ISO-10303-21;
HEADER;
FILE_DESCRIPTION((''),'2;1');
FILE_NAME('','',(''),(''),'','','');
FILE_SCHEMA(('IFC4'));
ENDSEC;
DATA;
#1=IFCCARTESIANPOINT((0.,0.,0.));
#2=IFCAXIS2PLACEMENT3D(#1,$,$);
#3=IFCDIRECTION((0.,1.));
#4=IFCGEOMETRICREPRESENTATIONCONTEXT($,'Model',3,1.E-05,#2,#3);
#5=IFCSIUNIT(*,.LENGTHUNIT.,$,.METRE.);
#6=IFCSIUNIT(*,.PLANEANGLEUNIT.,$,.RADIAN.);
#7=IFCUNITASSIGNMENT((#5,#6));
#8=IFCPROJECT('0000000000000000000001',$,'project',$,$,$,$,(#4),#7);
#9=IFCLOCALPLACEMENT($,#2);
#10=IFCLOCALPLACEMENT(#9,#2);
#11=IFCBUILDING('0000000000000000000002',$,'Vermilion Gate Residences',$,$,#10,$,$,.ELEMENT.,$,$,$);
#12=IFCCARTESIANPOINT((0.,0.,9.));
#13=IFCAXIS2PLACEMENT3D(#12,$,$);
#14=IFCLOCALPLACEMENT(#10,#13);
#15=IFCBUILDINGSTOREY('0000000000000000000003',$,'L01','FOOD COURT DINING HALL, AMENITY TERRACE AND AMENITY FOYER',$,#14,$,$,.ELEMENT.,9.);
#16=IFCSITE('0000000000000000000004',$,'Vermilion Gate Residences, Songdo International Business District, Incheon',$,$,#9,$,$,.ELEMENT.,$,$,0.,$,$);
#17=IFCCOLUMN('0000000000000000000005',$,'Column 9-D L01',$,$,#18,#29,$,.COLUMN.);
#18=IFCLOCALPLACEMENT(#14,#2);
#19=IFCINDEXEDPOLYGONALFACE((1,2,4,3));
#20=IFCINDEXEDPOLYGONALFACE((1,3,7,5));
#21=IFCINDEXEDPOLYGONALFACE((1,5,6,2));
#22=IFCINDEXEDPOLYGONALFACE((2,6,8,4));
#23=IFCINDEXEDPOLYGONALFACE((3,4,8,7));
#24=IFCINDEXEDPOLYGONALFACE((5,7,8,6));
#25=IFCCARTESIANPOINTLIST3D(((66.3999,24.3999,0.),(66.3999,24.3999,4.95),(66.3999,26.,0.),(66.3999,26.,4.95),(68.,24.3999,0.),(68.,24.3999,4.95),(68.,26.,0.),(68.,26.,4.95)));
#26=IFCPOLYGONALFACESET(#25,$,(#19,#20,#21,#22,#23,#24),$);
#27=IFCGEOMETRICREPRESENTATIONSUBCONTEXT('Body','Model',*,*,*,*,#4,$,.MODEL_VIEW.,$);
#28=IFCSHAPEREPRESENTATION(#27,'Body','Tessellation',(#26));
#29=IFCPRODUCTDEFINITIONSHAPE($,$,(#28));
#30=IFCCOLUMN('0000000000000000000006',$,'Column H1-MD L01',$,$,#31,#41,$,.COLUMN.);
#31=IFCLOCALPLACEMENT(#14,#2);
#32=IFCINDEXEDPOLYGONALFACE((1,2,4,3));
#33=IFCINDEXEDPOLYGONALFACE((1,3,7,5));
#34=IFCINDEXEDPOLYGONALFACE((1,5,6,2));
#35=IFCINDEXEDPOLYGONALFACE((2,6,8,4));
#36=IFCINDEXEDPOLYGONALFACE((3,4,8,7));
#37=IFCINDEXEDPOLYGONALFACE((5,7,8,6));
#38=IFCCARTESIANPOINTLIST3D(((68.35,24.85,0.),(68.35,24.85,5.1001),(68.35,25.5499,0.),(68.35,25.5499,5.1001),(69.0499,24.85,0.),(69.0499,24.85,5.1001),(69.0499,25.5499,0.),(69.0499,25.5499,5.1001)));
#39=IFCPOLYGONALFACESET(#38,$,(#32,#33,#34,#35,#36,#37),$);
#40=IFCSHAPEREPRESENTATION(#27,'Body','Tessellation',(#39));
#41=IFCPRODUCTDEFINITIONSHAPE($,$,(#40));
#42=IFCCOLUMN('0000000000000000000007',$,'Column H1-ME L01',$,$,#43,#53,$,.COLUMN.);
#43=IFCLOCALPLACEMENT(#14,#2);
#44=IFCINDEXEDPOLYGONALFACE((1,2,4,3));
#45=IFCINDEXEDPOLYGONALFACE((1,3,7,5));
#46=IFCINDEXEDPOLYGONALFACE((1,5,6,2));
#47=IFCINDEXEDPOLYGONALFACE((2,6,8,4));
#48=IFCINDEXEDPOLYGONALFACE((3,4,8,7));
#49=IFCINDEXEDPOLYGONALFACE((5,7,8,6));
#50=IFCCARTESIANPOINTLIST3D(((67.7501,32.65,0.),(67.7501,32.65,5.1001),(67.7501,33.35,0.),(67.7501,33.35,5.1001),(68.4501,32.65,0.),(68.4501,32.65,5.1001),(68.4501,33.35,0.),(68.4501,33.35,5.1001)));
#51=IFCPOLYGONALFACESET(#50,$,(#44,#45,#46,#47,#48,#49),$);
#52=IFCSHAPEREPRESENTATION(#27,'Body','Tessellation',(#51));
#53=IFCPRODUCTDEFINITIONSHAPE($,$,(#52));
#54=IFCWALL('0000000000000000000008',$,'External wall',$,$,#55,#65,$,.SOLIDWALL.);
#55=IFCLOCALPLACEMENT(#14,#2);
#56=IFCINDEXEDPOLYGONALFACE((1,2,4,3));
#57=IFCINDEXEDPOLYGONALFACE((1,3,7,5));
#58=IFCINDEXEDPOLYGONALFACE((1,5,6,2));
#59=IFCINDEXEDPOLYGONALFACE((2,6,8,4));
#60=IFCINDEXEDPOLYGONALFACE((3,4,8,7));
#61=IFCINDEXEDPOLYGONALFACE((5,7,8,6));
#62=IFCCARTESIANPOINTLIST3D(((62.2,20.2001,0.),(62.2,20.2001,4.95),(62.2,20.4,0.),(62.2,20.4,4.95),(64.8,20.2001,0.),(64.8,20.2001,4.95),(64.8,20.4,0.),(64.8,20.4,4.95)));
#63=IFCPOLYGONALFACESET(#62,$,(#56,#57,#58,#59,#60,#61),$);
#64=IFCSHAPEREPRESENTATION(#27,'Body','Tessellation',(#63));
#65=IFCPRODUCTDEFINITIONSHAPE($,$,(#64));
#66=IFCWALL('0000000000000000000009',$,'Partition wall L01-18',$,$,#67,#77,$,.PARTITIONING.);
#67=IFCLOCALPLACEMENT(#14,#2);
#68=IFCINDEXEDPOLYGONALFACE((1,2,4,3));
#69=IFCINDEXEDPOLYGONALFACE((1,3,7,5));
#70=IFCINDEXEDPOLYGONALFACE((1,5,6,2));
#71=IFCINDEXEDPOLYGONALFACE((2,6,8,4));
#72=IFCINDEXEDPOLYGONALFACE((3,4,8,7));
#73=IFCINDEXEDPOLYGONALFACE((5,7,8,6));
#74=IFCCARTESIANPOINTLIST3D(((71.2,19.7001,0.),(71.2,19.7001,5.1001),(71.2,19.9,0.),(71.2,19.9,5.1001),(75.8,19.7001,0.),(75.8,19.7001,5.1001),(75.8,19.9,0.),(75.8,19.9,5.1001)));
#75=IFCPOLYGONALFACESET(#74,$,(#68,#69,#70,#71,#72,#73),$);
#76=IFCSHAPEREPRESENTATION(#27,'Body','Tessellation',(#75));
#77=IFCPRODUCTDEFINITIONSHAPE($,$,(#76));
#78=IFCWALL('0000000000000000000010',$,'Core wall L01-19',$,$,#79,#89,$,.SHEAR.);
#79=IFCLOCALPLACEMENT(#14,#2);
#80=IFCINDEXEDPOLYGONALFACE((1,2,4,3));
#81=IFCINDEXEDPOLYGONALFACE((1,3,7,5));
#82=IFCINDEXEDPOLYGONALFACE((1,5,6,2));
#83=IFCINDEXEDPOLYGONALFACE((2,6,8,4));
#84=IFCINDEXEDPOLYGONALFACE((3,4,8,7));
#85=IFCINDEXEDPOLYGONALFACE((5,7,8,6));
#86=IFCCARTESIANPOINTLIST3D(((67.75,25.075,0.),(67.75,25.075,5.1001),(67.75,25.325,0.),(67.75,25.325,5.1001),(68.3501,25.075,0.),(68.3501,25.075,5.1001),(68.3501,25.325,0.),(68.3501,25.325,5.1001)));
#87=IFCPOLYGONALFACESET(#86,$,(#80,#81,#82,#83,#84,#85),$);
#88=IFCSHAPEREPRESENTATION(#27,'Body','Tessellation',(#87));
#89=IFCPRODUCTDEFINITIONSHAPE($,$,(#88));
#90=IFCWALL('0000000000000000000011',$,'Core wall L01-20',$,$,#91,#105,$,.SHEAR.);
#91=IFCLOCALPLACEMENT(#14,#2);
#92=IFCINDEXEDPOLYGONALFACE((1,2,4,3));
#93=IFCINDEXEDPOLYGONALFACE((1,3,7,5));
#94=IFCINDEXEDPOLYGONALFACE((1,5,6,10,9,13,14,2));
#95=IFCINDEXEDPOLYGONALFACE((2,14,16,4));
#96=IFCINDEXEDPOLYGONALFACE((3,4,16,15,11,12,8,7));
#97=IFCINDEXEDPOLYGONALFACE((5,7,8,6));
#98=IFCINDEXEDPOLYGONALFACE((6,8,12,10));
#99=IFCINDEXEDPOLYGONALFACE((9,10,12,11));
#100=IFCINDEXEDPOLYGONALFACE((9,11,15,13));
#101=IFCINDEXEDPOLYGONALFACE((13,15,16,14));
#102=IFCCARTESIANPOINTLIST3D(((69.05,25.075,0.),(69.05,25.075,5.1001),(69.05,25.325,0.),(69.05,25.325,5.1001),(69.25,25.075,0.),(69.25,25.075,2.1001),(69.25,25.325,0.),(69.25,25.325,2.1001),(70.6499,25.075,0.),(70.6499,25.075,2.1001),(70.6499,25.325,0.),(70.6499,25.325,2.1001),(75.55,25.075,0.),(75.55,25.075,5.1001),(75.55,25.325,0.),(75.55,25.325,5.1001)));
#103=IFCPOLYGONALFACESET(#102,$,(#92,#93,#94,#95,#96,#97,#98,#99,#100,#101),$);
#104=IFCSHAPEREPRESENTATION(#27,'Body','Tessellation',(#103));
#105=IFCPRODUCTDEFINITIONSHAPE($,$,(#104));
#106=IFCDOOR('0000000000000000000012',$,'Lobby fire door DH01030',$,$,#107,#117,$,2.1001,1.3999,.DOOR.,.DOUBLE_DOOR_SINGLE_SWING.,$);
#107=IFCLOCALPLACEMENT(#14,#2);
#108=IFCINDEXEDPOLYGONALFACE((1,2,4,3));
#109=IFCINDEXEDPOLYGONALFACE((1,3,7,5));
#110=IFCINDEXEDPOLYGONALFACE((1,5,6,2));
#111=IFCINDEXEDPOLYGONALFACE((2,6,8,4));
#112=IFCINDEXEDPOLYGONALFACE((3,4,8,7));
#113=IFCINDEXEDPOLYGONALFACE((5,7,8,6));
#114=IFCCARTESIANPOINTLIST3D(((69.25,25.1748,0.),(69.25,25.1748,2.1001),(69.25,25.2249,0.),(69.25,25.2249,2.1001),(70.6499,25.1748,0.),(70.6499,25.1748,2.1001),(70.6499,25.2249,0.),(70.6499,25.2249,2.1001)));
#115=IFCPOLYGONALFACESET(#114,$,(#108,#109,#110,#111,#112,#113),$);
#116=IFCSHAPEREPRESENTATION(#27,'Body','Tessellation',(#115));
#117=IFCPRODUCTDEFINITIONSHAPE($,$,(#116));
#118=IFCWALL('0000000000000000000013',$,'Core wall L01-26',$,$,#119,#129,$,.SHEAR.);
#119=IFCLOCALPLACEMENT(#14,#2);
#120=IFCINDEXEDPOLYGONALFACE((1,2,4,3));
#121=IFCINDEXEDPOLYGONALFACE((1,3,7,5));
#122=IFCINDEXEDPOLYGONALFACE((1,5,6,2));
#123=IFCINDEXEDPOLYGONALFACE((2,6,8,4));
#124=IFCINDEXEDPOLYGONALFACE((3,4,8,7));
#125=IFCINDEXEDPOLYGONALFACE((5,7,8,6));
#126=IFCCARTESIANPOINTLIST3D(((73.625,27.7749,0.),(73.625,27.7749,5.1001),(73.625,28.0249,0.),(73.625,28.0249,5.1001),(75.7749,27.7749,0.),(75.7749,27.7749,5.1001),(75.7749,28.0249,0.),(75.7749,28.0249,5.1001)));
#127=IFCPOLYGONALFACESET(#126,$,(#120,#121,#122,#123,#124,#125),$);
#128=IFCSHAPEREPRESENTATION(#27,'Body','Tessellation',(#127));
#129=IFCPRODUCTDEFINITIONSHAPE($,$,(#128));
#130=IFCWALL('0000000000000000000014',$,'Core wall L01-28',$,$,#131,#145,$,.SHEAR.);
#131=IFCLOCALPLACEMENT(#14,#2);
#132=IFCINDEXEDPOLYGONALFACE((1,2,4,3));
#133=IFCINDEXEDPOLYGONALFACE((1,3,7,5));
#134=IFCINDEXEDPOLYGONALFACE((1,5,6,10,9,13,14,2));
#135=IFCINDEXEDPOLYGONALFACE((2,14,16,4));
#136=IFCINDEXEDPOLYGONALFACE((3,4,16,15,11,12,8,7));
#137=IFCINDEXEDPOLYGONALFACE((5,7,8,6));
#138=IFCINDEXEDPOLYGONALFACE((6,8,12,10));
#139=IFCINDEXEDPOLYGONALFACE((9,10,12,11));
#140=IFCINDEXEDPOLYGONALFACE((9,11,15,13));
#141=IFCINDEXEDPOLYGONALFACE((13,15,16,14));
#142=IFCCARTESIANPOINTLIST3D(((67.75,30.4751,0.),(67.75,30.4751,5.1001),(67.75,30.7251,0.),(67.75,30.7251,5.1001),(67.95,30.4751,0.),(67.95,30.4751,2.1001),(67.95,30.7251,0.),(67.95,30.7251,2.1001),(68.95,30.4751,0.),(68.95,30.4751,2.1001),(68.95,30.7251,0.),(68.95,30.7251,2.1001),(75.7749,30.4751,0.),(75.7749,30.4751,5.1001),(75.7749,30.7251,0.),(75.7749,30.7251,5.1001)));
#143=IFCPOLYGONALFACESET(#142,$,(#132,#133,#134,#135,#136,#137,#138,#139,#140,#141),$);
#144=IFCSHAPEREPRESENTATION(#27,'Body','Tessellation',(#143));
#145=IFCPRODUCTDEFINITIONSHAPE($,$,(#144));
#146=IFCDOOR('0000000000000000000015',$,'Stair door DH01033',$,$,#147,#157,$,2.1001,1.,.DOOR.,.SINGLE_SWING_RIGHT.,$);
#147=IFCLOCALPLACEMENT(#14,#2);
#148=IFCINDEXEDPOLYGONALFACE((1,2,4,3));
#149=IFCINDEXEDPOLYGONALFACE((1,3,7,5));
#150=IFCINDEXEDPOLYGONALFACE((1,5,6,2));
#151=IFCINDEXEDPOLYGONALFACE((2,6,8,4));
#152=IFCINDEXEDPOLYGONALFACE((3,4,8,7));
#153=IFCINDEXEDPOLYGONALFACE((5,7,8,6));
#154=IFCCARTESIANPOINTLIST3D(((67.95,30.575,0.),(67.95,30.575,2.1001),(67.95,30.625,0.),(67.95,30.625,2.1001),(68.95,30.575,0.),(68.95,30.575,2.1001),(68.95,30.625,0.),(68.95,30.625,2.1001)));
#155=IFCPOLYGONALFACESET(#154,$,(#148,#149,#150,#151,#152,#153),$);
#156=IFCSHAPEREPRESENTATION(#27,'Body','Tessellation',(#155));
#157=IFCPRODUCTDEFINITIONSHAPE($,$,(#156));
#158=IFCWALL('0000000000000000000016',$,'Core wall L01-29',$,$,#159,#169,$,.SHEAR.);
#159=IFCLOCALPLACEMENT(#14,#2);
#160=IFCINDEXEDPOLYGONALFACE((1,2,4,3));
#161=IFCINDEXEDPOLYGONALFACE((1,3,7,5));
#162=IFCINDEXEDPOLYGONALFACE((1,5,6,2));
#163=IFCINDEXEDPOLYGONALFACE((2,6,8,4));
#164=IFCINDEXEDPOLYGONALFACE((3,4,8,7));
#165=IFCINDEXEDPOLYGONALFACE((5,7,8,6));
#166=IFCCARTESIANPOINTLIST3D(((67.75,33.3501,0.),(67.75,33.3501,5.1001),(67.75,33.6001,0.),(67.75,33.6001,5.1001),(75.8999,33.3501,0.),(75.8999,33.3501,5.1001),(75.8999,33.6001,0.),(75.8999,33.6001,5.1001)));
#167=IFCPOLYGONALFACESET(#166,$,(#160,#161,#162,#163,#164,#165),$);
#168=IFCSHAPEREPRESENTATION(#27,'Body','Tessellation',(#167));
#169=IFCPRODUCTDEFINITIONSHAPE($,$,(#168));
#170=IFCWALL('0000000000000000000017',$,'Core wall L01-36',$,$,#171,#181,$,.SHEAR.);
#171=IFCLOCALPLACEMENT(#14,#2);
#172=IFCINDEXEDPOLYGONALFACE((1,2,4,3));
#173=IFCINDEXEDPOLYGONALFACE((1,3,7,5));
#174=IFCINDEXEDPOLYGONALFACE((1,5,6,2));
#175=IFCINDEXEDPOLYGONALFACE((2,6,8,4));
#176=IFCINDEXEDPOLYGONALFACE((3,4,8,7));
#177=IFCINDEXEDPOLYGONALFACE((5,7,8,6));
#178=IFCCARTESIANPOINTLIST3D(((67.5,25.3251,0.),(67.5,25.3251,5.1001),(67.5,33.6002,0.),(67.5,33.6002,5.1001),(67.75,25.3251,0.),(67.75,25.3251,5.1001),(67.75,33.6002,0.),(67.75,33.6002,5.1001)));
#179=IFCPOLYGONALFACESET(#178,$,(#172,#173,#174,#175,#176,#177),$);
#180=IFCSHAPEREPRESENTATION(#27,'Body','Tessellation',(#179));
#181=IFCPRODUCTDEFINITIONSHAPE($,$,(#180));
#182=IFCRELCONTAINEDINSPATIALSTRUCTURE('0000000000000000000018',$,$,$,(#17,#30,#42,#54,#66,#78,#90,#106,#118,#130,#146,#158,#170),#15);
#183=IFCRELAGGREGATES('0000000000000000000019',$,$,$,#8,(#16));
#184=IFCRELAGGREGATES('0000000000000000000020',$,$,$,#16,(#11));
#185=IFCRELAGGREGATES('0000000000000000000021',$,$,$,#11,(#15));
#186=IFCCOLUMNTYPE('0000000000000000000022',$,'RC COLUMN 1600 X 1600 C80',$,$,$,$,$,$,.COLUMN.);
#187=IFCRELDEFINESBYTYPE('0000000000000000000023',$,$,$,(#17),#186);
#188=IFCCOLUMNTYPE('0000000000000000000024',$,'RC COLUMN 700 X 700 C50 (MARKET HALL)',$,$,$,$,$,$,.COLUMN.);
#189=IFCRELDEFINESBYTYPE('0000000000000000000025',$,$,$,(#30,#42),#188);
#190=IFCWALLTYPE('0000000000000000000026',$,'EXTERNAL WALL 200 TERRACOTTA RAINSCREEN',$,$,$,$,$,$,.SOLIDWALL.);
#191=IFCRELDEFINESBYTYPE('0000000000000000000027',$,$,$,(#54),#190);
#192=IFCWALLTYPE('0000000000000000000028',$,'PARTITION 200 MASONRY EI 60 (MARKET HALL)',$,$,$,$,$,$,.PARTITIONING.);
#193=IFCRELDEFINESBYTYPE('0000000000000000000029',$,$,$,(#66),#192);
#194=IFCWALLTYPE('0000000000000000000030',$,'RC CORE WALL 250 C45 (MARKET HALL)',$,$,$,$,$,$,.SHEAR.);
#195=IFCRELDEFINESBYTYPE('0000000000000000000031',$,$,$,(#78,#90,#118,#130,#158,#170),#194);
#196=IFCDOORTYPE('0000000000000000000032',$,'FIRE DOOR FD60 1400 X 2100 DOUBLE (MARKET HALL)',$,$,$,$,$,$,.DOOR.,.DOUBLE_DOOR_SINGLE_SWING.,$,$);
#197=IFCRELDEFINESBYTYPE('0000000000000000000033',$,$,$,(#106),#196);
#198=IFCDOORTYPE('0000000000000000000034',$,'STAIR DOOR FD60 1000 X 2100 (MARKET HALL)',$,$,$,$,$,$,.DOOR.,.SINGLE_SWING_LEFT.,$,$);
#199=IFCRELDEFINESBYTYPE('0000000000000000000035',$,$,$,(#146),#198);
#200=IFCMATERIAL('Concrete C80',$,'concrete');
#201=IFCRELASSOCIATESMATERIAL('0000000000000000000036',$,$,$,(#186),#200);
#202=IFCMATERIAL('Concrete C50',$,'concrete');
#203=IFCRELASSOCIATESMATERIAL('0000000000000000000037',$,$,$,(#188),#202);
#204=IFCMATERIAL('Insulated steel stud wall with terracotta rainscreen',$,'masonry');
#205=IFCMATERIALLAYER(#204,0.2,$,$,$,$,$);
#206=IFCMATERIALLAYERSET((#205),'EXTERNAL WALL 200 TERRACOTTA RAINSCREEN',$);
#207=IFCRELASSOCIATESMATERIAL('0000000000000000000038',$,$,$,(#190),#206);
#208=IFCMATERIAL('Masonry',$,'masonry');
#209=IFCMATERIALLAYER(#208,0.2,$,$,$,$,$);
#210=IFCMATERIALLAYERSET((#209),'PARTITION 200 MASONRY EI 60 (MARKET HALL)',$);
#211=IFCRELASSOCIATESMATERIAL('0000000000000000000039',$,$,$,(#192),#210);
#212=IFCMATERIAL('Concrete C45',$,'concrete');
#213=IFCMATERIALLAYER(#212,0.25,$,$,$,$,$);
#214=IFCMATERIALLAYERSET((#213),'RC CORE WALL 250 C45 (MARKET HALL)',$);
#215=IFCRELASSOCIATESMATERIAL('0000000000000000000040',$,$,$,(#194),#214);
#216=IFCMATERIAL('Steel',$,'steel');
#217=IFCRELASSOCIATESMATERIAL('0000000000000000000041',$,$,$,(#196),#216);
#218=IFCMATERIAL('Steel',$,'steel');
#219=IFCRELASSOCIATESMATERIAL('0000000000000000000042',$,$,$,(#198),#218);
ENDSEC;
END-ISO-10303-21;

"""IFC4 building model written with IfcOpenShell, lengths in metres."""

from ifc_helpers import new_model, si_unit, direction, frame, frame_2d, origin, origin_2d, place, context, subcontext, project, spatial, rectangle, extrude, material, layer, layer_set, material_profile, profile_set, type_object, element, fill, save


model = new_model("IFC4")

# Units and contexts
model_context = context("Model", 3, precision=1e-05, world=origin(), true_north=direction((0.0, 1.0)))
body_context = subcontext(model_context, "Body", "Model", "MODEL_VIEW")
ifc_project = project(units=[si_unit("LENGTHUNIT", "METRE"), si_unit("PLANEANGLEUNIT", "RADIAN")], contexts=[model_context])

# Site, building, storey
site_placement = place(None, origin())
site = spatial("IfcSite", under=ifc_project, at=site_placement, Name="Vermilion Gate Residences, Songdo International Business District, Incheon", CompositionType="ELEMENT", RefElevation=0.0)
building_placement = place(site_placement, origin())
building = spatial("IfcBuilding", under=site, at=building_placement, Name="Vermilion Gate Residences", CompositionType="ELEMENT")
storey_placement = place(building_placement, frame((0.0, 0.0, 9.0)))
storey = spatial("IfcBuildingStorey", under=building, at=storey_placement, Name="L01", Description="FOOD COURT DINING HALL, AMENITY TERRACE AND AMENITY FOYER", CompositionType="ELEMENT", Elevation=9.0)

# Columns
ifc_material_1 = material(Name="Concrete C80", Category="concrete")
ifc_material_profile_1 = material_profile(ifc_material_1, rectangle(XDim=1.6001, YDim=1.6001, at=origin_2d()), Name="RC-1600x1600")
ifc_profile_set_1 = profile_set([ifc_material_profile_1], Name="Concrete C80")
column_type_1 = type_object("IfcColumnType", Name="RC COLUMN 1600 X 1600 C80", PredefinedType="COLUMN", material=ifc_profile_set_1)
column_placement = place(storey_placement, frame((67.2, 25.2, 0.0), z_axis=(0.0, 0.0, 1.0), x_axis=(1.0, 0.0, 0.0)))
element("IfcColumn", 1, at=column_placement, inside=storey, type_object=column_type_1, Name="Column 9-D L01", PredefinedType="COLUMN", context=body_context, shape_type="SweptSolid", body=[
    extrude(rectangle(XDim=1.6001, YDim=1.6001, at=origin_2d()), origin(), (0.0, 0.0, 1.0), 4.95),
])
ifc_material_2 = material(Name="Concrete C50", Category="concrete")
ifc_material_profile_2 = material_profile(ifc_material_2, rectangle(XDim=0.7, YDim=0.7, at=origin_2d()), Name="RC COLUMN 700 X 700 C50 (MARKET HALL)")
ifc_profile_set_2 = profile_set([ifc_material_profile_2], Name="Concrete C50")
column_type_2 = type_object("IfcColumnType", Name="RC COLUMN 700 X 700 C50 (MARKET HALL)", PredefinedType="COLUMN", material=ifc_profile_set_2)
for number, where, z_axis, x_axis, name in (
    (2, (68.7, 25.2, 0.0), (0.0, 0.0, 1.0), (1.0, 0.0, 0.0), "Column H1-MD L01"),
    (3, (68.1001, 33.0, 0.0), (0.0, 0.0, 1.0), (1.0, 0.0, 0.0), "Column H1-ME L01"),
):
    element("IfcColumn", number, at=place(storey_placement, frame(where, z_axis=z_axis, x_axis=x_axis)), inside=storey, type_object=column_type_2, Name=name, PredefinedType="COLUMN", context=body_context, shape_type="SweptSolid", body=[
        extrude(rectangle(XDim=0.7, YDim=0.7, at=origin_2d()), origin(), (0.0, 0.0, 1.0), 5.1001),
    ])

# Walls
ifc_material_3 = material(Name="Insulated steel stud wall with terracotta rainscreen", Category="masonry")
ifc_layer_1 = layer(ifc_material_3, 0.2)
ifc_layer_set_1 = layer_set([ifc_layer_1], Name="EXTERNAL WALL 200 TERRACOTTA RAINSCREEN")
wall_type_1 = type_object("IfcWallType", Name="EXTERNAL WALL 200 TERRACOTTA RAINSCREEN", PredefinedType="SOLIDWALL", material=ifc_layer_set_1)
wall_1_placement = place(storey_placement, frame((64.8, 20.3, 0.0), z_axis=(0.0, 0.0, 1.0), x_axis=(-1.0, 0.0, 0.0)))
element("IfcWall", 4, at=wall_1_placement, inside=storey, type_object=wall_type_1, Name="External wall", PredefinedType="SOLIDWALL", context=body_context, shape_type="SweptSolid", body=[
    extrude(rectangle(XDim=2.6001, YDim=0.2, at=frame_2d((1.3, 0.0))), origin(), (0.0, 0.0, 1.0), 4.95),
])
ifc_material_4 = material(Name="Masonry", Category="masonry")
ifc_layer_2 = layer(ifc_material_4, 0.2)
ifc_layer_set_2 = layer_set([ifc_layer_2], Name="PARTITION 200 MASONRY EI 60 (MARKET HALL)")
wall_type_2 = type_object("IfcWallType", Name="PARTITION 200 MASONRY EI 60 (MARKET HALL)", PredefinedType="PARTITIONING", material=ifc_layer_set_2)
wall_2_placement = place(storey_placement, frame((71.2, 19.8, 0.0), z_axis=(0.0, 0.0, 1.0), x_axis=(1.0, 0.0, 0.0)))
element("IfcWall", 5, at=wall_2_placement, inside=storey, type_object=wall_type_2, Name="Partition wall L01-18", PredefinedType="PARTITIONING", context=body_context, shape_type="SweptSolid", body=[
    extrude(rectangle(XDim=4.6001, YDim=0.2, at=frame_2d((2.3, 0.0))), origin(), (0.0, 0.0, 1.0), 5.1001),
])
ifc_material_5 = material(Name="Concrete C45", Category="concrete")
ifc_layer_3 = layer(ifc_material_5, 0.25)
ifc_layer_set_3 = layer_set([ifc_layer_3], Name="RC CORE WALL 250 C45 (MARKET HALL)")
wall_type_3 = type_object("IfcWallType", Name="RC CORE WALL 250 C45 (MARKET HALL)", PredefinedType="SHEAR", material=ifc_layer_set_3)
wall_3_placement = place(storey_placement, frame((67.75, 25.2, 0.0), z_axis=(0.0, 0.0, 1.0), x_axis=(1.0, 0.0, 0.0)))
element("IfcWall", 6, at=wall_3_placement, inside=storey, type_object=wall_type_3, Name="Core wall L01-19", PredefinedType="SHEAR", context=body_context, shape_type="SweptSolid", body=[
    extrude(rectangle(XDim=0.6001, YDim=0.25, at=frame_2d((0.3, 0.0))), origin(), (0.0, 0.0, 1.0), 5.1001),
])

# Wall, opening, door
wall_4_placement = place(storey_placement, frame((69.05, 25.2, 0.0), z_axis=(0.0, 0.0, 1.0), x_axis=(1.0, 0.0, 0.0)))
wall_4 = element("IfcWall", 7, at=wall_4_placement, inside=storey, type_object=wall_type_3, Name="Core wall L01-20", PredefinedType="SHEAR", context=body_context, shape_type="SweptSolid", body=[
    extrude(rectangle(XDim=6.5, YDim=0.25, at=frame_2d((3.25, 0.0))), origin(), (0.0, 0.0, 1.0), 5.1001),
])
opening_1_placement = place(wall_4_placement, frame((0.2, 0.0, 0.0)))
opening_1 = element("IfcOpeningElement", 8, at=opening_1_placement, cuts=wall_4, PredefinedType="OPENING", context=body_context, shape_type="SweptSolid", body=[
    extrude(rectangle(XDim=1.3999, YDim=2.1001, at=frame_2d((0.7, 1.05))), frame((0.0, 0.135, 0.0), z_axis=(0.0, -1.0, 0.0), x_axis=(1.0, 0.0, 0.0)), (0.0, 0.0, 1.0), 0.27),
])
ifc_material_6 = material(Name="Steel", Category="steel")
door_type_1 = type_object("IfcDoorType", Name="FIRE DOOR FD60 1400 X 2100 DOUBLE (MARKET HALL)", OperationType="DOUBLE_DOOR_SINGLE_SWING", PredefinedType="DOOR", material=ifc_material_6)
door_1_placement = place(opening_1_placement, origin())
door_1 = element("IfcDoor", 9, at=door_1_placement, inside=storey, type_object=door_type_1, Name="Lobby fire door DH01030", OperationType="DOUBLE_DOOR_SINGLE_SWING", OverallHeight=2.1001, OverallWidth=1.3999, PredefinedType="DOOR", context=body_context, shape_type="SweptSolid", body=[
    extrude(rectangle(XDim=1.3999, YDim=2.1001, at=frame_2d((0.7, 1.05))), frame((0.0, 0.0249, 0.0), z_axis=(0.0, -1.0, 0.0), x_axis=(1.0, 0.0, 0.0)), (0.0, 0.0, 1.0), 0.05),
])
fill(opening_1, door_1)

# Wall
wall_5_placement = place(storey_placement, frame((73.625, 27.8999, 0.0), z_axis=(0.0, 0.0, 1.0), x_axis=(1.0, 0.0, 0.0)))
element("IfcWall", 10, at=wall_5_placement, inside=storey, type_object=wall_type_3, Name="Core wall L01-26", PredefinedType="SHEAR", context=body_context, shape_type="SweptSolid", body=[
    extrude(rectangle(XDim=2.1499, YDim=0.25, at=frame_2d((1.075, 0.0))), origin(), (0.0, 0.0, 1.0), 5.1001),
])

# Wall, opening, door
wall_6_placement = place(storey_placement, frame((67.75, 30.6001, 0.0), z_axis=(0.0, 0.0, 1.0), x_axis=(1.0, 0.0, 0.0)))
wall_6 = element("IfcWall", 11, at=wall_6_placement, inside=storey, type_object=wall_type_3, Name="Core wall L01-28", PredefinedType="SHEAR", context=body_context, shape_type="SweptSolid", body=[
    extrude(rectangle(XDim=8.0249, YDim=0.25, at=frame_2d((4.0125, 0.0))), origin(), (0.0, 0.0, 1.0), 5.1001),
])
opening_2_placement = place(wall_6_placement, frame((0.2, 0.0, 0.0)))
opening_2 = element("IfcOpeningElement", 12, at=opening_2_placement, cuts=wall_6, PredefinedType="OPENING", context=body_context, shape_type="SweptSolid", body=[
    extrude(rectangle(XDim=1.0, YDim=2.1001, at=frame_2d((0.5, 1.05))), frame((0.0, 0.135, 0.0), z_axis=(0.0, -1.0, 0.0), x_axis=(1.0, 0.0, 0.0)), (0.0, 0.0, 1.0), 0.27),
])
ifc_material_7 = material(Name="Steel", Category="steel")
door_type_2 = type_object("IfcDoorType", Name="STAIR DOOR FD60 1000 X 2100 (MARKET HALL)", OperationType="SINGLE_SWING_LEFT", PredefinedType="DOOR", material=ifc_material_7)
door_2_placement = place(opening_2_placement, origin())
door_2 = element("IfcDoor", 13, at=door_2_placement, inside=storey, type_object=door_type_2, Name="Stair door DH01033", OperationType="SINGLE_SWING_RIGHT", OverallHeight=2.1001, OverallWidth=1.0, PredefinedType="DOOR", context=body_context, shape_type="SweptSolid", body=[
    extrude(rectangle(XDim=1.0, YDim=2.1001, at=frame_2d((0.5, 1.05))), frame((0.0, 0.0249, 0.0), z_axis=(0.0, -1.0, 0.0), x_axis=(1.0, 0.0, 0.0)), (0.0, 0.0, 1.0), 0.05),
])
fill(opening_2, door_2)

# Walls
wall_7_placement = place(storey_placement, frame((67.75, 33.4751, 0.0), z_axis=(0.0, 0.0, 1.0), x_axis=(1.0, 0.0, 0.0)))
element("IfcWall", 14, at=wall_7_placement, inside=storey, type_object=wall_type_3, Name="Core wall L01-29", PredefinedType="SHEAR", context=body_context, shape_type="SweptSolid", body=[
    extrude(rectangle(XDim=8.1499, YDim=0.25, at=frame_2d((4.075, 0.0))), origin(), (0.0, 0.0, 1.0), 5.1001),
])
wall_8_placement = place(storey_placement, frame((67.625, 25.325, 0.0), z_axis=(0.0, 0.0, 1.0), x_axis=(0.0, 1.0, 0.0)))
element("IfcWall", 15, at=wall_8_placement, inside=storey, type_object=wall_type_3, Name="Core wall L01-36", PredefinedType="SHEAR", context=body_context, shape_type="SweptSolid", body=[
    extrude(rectangle(XDim=8.2751, YDim=0.25, at=frame_2d((4.1377, 0.0))), origin(), (0.0, 0.0, 1.0), 5.1001),
])

save(model, "model.ifc")
